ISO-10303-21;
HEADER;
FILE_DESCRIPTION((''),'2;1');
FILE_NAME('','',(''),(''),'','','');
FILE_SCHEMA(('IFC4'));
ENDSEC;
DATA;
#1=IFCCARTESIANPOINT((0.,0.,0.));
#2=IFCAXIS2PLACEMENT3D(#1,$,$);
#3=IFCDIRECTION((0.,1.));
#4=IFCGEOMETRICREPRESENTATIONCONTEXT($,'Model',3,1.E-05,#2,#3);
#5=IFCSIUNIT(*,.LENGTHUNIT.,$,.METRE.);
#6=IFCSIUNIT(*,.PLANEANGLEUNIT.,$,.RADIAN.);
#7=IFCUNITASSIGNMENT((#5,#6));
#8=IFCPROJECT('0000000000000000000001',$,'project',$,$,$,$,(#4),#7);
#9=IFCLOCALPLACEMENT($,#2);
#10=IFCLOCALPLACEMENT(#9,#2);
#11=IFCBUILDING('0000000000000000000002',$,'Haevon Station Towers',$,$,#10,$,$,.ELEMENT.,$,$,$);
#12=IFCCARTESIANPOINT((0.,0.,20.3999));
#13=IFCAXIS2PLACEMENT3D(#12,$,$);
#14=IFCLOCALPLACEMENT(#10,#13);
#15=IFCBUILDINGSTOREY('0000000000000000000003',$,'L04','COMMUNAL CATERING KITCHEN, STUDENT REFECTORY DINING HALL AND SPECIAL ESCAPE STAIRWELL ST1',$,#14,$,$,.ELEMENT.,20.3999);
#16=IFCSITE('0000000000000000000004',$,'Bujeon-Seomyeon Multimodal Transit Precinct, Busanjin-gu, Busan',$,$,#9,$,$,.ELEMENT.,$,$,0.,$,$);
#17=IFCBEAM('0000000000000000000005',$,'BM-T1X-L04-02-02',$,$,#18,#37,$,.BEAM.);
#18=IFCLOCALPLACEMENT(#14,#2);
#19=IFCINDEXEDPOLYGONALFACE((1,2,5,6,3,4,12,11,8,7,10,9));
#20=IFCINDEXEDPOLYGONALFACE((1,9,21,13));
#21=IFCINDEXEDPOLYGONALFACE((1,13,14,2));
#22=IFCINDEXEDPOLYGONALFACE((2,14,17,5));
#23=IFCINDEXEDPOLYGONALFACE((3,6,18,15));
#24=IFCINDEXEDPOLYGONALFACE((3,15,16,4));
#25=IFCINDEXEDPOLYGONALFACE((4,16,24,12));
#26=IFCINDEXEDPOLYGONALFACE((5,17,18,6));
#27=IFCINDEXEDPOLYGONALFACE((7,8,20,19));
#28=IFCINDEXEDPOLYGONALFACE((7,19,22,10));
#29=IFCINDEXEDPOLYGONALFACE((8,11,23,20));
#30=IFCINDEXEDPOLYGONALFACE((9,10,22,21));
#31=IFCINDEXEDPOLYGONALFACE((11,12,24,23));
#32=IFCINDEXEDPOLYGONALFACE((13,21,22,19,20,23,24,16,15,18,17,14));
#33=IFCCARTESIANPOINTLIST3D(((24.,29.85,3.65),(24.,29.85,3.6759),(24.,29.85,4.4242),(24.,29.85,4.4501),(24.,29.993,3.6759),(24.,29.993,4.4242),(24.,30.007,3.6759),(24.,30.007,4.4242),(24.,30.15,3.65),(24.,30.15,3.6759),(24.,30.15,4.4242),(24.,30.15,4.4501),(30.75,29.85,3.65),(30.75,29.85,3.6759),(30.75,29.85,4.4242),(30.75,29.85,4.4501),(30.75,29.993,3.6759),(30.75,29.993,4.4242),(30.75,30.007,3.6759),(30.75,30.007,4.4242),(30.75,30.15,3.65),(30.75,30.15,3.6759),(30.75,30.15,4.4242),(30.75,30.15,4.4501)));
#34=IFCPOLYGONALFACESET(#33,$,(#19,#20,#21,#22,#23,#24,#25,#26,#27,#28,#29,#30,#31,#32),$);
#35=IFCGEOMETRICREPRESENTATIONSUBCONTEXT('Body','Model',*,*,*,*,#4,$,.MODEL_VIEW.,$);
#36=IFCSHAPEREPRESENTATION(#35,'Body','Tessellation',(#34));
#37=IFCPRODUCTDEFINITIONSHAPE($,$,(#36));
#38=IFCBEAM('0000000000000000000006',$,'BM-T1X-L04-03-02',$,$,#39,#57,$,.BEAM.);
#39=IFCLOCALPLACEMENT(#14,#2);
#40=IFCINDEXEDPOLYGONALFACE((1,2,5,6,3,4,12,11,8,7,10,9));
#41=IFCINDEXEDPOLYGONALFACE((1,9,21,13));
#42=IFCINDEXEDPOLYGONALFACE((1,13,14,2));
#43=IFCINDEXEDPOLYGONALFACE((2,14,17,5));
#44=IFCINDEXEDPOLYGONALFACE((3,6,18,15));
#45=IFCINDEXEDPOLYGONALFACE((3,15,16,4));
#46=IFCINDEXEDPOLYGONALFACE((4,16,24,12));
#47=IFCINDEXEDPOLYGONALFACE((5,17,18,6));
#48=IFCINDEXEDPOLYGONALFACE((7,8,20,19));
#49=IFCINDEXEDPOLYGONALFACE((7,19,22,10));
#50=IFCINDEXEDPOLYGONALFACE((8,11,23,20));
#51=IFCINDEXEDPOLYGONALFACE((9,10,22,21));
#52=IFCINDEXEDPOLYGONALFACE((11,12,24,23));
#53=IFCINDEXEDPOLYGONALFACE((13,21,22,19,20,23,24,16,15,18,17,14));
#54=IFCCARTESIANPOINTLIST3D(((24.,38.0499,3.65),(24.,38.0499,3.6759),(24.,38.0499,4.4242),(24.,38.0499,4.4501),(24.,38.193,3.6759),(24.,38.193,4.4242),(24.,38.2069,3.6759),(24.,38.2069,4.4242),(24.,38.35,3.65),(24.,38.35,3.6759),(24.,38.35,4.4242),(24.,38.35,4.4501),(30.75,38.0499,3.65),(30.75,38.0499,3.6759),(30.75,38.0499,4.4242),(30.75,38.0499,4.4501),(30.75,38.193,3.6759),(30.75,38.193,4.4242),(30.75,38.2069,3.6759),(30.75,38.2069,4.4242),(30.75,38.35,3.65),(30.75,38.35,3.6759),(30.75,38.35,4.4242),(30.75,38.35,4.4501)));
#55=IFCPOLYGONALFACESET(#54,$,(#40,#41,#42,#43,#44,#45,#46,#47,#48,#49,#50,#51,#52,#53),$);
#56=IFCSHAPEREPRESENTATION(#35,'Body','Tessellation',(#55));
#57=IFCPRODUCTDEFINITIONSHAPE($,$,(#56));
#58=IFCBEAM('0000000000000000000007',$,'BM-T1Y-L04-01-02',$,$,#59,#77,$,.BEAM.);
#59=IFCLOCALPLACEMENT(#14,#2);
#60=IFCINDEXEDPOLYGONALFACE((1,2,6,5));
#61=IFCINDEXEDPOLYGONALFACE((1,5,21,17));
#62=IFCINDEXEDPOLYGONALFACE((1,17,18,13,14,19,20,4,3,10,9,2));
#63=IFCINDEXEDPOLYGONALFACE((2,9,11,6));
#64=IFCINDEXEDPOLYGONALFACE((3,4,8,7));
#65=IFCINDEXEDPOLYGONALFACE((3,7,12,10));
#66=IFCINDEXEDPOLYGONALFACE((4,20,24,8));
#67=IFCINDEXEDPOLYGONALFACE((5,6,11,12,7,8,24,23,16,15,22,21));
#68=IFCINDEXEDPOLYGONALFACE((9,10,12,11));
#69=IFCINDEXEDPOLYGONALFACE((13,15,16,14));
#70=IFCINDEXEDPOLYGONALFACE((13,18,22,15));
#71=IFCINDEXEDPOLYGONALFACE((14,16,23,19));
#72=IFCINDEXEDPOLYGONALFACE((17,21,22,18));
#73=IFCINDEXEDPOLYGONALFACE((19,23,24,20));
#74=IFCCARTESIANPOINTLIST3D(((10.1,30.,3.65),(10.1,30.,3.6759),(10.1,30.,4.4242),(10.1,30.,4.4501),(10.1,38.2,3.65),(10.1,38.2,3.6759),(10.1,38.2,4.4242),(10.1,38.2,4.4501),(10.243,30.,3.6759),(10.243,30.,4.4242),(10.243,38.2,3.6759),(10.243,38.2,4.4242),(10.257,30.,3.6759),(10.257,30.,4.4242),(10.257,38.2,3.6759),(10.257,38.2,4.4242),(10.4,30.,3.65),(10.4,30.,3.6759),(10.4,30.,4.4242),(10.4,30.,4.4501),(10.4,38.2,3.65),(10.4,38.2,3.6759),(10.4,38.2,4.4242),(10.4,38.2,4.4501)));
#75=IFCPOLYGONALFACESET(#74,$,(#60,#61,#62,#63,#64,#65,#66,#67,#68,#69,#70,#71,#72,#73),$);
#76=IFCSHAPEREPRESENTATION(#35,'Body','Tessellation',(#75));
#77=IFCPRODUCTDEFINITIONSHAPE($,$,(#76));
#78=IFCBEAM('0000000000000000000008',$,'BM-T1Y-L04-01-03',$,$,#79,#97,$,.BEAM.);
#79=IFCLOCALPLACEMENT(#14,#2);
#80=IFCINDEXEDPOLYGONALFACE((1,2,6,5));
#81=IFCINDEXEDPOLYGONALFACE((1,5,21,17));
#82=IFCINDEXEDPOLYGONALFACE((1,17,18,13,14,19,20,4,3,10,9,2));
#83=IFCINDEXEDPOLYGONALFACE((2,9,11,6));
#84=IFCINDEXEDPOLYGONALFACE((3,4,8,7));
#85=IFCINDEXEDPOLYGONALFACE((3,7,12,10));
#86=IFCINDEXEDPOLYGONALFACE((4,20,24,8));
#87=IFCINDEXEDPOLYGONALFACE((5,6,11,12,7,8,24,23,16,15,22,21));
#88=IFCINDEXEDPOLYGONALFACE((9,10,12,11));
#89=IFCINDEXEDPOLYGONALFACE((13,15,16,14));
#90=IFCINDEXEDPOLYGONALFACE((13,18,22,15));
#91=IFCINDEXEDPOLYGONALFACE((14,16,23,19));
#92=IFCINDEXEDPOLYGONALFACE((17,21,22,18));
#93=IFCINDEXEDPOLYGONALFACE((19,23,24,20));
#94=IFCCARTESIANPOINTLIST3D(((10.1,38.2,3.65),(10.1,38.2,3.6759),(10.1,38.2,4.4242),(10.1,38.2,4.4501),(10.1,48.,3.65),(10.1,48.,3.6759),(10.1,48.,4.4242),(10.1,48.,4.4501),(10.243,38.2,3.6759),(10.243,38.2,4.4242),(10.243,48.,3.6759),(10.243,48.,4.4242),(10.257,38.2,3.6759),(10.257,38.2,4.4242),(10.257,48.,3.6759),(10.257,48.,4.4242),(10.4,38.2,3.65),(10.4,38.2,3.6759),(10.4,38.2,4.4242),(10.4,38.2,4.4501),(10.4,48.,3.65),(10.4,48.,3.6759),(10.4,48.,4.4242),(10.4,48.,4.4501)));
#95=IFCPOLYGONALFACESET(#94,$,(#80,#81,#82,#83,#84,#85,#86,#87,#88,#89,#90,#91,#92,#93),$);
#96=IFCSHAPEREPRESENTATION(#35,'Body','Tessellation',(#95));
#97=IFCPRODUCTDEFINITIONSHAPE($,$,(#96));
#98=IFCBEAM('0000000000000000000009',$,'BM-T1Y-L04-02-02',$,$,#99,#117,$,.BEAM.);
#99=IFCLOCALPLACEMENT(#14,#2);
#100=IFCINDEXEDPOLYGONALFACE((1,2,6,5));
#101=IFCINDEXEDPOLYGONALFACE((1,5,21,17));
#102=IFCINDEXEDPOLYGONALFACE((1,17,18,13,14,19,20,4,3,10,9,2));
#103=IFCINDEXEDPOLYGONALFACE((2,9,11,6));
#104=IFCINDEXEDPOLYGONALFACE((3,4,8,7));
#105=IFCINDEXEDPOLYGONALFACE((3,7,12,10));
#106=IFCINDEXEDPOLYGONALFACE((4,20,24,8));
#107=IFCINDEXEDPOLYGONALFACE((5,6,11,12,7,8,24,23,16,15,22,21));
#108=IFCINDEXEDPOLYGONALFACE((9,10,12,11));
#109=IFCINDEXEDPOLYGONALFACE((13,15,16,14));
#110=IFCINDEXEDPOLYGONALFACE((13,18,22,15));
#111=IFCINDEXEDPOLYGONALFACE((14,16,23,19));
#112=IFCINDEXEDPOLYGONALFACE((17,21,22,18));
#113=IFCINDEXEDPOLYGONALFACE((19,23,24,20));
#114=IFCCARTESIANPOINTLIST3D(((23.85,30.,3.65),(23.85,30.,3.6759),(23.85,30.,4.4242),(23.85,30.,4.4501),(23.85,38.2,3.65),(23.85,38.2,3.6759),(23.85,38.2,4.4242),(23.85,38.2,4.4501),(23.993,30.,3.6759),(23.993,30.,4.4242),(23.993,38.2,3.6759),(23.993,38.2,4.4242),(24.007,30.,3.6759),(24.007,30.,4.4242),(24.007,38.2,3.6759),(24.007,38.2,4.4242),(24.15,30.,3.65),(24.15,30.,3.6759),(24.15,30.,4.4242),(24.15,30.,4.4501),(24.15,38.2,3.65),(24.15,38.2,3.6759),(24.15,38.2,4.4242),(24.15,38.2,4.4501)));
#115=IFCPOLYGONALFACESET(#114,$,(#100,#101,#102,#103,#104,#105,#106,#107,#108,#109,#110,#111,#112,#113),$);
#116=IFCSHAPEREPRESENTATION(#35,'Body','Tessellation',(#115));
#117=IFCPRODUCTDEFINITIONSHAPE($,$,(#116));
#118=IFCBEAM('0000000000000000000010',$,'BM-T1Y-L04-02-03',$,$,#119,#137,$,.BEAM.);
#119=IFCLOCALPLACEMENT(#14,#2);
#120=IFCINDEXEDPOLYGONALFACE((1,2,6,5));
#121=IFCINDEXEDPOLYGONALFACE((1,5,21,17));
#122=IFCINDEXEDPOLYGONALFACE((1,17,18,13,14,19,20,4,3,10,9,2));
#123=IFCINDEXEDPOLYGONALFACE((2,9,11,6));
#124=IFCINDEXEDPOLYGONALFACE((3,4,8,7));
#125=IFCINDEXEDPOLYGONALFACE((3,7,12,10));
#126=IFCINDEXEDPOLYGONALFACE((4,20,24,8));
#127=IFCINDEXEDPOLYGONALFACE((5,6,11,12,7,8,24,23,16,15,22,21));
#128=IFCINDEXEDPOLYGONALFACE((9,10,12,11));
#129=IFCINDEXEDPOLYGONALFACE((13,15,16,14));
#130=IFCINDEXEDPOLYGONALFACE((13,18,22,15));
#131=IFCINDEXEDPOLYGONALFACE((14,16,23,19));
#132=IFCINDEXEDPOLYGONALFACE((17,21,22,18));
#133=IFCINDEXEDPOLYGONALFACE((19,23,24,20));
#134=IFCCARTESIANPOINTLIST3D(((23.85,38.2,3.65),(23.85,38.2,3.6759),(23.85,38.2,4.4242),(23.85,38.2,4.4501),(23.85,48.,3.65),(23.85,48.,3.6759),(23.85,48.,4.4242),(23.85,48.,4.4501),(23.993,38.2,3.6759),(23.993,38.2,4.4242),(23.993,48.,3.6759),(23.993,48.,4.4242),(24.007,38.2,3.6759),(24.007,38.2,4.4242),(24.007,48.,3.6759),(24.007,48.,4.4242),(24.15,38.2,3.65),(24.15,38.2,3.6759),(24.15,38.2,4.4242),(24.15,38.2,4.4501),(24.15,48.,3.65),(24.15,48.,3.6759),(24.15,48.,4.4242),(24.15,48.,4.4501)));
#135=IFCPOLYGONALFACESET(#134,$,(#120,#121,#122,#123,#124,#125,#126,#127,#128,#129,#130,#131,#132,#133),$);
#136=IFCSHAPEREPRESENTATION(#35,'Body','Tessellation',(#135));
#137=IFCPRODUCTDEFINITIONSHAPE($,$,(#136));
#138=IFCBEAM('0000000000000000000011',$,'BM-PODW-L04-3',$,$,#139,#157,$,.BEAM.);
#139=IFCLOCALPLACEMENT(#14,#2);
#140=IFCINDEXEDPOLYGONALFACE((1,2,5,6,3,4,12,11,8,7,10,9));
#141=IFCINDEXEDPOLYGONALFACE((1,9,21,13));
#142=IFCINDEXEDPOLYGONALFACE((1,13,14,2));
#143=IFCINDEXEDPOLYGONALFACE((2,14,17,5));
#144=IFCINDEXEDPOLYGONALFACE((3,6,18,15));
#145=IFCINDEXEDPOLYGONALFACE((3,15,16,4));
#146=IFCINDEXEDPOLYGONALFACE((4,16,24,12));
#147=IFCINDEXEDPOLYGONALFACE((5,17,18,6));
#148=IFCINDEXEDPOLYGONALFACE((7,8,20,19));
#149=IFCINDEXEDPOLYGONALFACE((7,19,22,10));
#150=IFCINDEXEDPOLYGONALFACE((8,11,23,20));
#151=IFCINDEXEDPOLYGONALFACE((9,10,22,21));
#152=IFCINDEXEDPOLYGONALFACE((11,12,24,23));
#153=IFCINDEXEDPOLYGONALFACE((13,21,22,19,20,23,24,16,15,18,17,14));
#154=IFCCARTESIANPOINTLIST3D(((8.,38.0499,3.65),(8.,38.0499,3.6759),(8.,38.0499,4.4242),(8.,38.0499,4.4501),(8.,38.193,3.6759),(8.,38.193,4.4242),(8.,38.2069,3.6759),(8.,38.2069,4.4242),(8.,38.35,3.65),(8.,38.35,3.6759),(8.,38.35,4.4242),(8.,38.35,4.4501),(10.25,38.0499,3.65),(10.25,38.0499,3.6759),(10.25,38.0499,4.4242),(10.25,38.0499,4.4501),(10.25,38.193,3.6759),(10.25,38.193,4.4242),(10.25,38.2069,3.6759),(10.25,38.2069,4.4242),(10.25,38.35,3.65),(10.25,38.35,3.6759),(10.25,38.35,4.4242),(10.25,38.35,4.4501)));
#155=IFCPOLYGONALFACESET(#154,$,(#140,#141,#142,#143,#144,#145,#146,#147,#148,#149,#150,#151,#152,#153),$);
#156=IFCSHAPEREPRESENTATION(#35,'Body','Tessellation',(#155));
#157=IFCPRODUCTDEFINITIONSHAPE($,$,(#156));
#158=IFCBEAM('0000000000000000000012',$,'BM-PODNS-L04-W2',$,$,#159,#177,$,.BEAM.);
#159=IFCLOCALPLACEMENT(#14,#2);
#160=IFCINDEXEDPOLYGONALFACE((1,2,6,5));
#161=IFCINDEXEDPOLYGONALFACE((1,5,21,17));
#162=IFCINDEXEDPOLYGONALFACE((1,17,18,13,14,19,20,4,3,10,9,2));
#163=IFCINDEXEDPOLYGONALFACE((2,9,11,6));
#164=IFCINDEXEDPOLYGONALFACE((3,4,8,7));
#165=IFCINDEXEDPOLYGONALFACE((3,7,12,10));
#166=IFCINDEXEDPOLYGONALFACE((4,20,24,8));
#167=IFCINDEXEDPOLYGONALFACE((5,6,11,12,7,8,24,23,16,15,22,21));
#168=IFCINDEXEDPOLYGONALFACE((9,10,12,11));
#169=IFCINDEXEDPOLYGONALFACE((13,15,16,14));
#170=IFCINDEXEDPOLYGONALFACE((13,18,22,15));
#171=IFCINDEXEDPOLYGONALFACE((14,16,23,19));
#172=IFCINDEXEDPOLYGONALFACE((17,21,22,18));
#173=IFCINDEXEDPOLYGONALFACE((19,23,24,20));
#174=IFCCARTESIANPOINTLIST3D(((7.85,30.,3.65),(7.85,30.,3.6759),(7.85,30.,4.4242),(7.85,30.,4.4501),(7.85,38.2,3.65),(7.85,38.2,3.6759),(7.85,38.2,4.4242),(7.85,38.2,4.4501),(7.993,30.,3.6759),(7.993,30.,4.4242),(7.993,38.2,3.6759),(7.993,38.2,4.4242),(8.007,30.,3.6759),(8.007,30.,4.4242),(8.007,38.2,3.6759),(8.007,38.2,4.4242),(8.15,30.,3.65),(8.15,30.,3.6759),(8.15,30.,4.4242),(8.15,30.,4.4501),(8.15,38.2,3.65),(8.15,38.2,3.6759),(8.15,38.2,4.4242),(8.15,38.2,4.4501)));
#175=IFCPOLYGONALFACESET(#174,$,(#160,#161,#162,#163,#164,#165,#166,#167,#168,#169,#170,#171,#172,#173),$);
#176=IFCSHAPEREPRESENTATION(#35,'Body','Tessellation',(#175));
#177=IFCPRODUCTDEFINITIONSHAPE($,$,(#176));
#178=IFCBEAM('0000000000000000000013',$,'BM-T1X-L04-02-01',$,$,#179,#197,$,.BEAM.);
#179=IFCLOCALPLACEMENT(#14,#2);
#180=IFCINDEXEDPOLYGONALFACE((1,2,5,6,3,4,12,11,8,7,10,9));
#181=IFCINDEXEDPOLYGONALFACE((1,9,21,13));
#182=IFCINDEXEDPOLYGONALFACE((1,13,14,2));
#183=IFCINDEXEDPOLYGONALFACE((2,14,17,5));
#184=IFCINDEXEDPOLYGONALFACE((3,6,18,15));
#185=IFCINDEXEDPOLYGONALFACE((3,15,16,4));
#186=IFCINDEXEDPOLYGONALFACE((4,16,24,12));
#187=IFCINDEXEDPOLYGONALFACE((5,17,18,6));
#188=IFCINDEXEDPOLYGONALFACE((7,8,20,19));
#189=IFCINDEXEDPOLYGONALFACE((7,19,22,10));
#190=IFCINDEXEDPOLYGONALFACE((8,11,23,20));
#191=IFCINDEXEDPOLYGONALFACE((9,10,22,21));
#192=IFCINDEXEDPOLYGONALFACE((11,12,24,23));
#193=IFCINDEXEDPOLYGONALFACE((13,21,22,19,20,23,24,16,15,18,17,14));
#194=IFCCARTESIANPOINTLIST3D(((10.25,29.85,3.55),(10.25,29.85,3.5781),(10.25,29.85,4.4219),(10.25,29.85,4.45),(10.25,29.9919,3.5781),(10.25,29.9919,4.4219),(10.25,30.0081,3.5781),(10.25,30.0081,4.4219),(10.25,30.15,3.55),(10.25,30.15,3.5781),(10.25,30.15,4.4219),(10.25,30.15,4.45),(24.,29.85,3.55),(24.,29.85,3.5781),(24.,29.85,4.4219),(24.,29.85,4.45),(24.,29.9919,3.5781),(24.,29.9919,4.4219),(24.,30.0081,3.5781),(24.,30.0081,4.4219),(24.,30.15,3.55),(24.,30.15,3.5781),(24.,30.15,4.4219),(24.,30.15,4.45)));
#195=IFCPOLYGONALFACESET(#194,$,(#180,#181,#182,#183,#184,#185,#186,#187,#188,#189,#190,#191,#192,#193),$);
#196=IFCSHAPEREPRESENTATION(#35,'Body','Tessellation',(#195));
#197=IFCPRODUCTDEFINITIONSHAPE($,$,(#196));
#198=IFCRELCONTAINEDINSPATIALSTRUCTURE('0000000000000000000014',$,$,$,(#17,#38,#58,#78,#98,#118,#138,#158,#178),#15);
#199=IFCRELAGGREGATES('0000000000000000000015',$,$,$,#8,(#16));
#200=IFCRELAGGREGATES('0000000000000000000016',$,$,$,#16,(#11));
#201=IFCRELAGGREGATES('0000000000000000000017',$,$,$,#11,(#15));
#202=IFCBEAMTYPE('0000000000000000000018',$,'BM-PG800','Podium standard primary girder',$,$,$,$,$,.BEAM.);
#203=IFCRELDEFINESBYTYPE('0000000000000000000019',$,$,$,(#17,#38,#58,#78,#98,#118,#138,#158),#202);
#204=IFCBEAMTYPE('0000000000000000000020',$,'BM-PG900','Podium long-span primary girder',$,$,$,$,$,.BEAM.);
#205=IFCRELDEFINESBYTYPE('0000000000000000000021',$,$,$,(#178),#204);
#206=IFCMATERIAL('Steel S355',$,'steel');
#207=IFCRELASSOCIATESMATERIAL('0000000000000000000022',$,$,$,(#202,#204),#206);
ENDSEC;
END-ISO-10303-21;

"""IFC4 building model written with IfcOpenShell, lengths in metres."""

from ifc_helpers import new_model, si_unit, direction, frame, origin, origin_2d, place, context, subcontext, project, spatial, i_section, extrude, material, material_profile, profile_set, type_object, element, save


model = new_model("IFC4")

# Units and contexts
model_context = context("Model", 3, precision=1e-05, world=origin(), true_north=direction((0.0, 1.0)))
body_context = subcontext(model_context, "Body", "Model", "MODEL_VIEW")
ifc_project = project(units=[si_unit("LENGTHUNIT", "METRE"), si_unit("PLANEANGLEUNIT", "RADIAN")], contexts=[model_context])

# Site, building, storey
site_placement = place(None, origin())
site = spatial("IfcSite", under=ifc_project, at=site_placement, Name="Bujeon-Seomyeon Multimodal Transit Precinct, Busanjin-gu, Busan", CompositionType="ELEMENT", RefElevation=0.0)
building_placement = place(site_placement, origin())
building = spatial("IfcBuilding", under=site, at=building_placement, Name="Haevon Station Towers", CompositionType="ELEMENT")
storey_placement = place(building_placement, frame((0.0, 0.0, 20.3999)))
storey = spatial("IfcBuildingStorey", under=building, at=storey_placement, Name="L04", Description="COMMUNAL CATERING KITCHEN, STUDENT REFECTORY DINING HALL AND SPECIAL ESCAPE STAIRWELL ST1", CompositionType="ELEMENT", Elevation=20.3999)

# Beams
ifc_material_1 = material(Name="Steel S355", Category="steel")
ifc_material_profile_1 = material_profile(ifc_material_1, i_section(OverallWidth=0.3, OverallDepth=0.8, WebThickness=0.0139, FlangeThickness=0.0259, at=origin_2d()), Name="H-800x300x14x26")
ifc_profile_set_1 = profile_set([ifc_material_profile_1], Name="Steel S355")
beam_type_1 = type_object("IfcBeamType", Name="BM-PG800", Description="Podium standard primary girder", PredefinedType="BEAM", material=ifc_profile_set_1)
for number, where, z_axis, x_axis, name in (
    (1, (24.0, 30.0, 4.05), (1.0, 0.0, 0.0), (0.0, 1.0, 0.0), "BM-T1X-L04-02-02"),
    (2, (24.0, 38.2, 4.05), (1.0, 0.0, 0.0), (0.0, 1.0, 0.0), "BM-T1X-L04-03-02"),
):
    element("IfcBeam", number, at=place(storey_placement, frame(where, z_axis=z_axis, x_axis=x_axis)), inside=storey, type_object=beam_type_1, Name=name, PredefinedType="BEAM", context=body_context, shape_type="SweptSolid", body=[
        extrude(i_section(OverallWidth=0.3, OverallDepth=0.8, WebThickness=0.0139, FlangeThickness=0.0259, at=origin_2d()), origin(), (0.0, 0.0, 1.0), 6.75),
    ])
beam_1_placement = place(storey_placement, frame((10.25, 30.0, 4.05), z_axis=(0.0, 1.0, 0.0), x_axis=(-1.0, 0.0, 0.0)))
element("IfcBeam", 3, at=beam_1_placement, inside=storey, type_object=beam_type_1, Name="BM-T1Y-L04-01-02", PredefinedType="BEAM", context=body_context, shape_type="SweptSolid", body=[
    extrude(i_section(OverallWidth=0.3, OverallDepth=0.8, WebThickness=0.0139, FlangeThickness=0.0259, at=origin_2d()), origin(), (0.0, 0.0, 1.0), 8.2),
])
beam_2_placement = place(storey_placement, frame((10.25, 38.2, 4.05), z_axis=(0.0, 1.0, 0.0), x_axis=(-1.0, 0.0, 0.0)))
element("IfcBeam", 4, at=beam_2_placement, inside=storey, type_object=beam_type_1, Name="BM-T1Y-L04-01-03", PredefinedType="BEAM", context=body_context, shape_type="SweptSolid", body=[
    extrude(i_section(OverallWidth=0.3, OverallDepth=0.8, WebThickness=0.0139, FlangeThickness=0.0259, at=origin_2d()), origin(), (0.0, 0.0, 1.0), 9.8),
])
beam_3_placement = place(storey_placement, frame((24.0, 30.0, 4.05), z_axis=(0.0, 1.0, 0.0), x_axis=(-1.0, 0.0, 0.0)))
element("IfcBeam", 5, at=beam_3_placement, inside=storey, type_object=beam_type_1, Name="BM-T1Y-L04-02-02", PredefinedType="BEAM", context=body_context, shape_type="SweptSolid", body=[
    extrude(i_section(OverallWidth=0.3, OverallDepth=0.8, WebThickness=0.0139, FlangeThickness=0.0259, at=origin_2d()), origin(), (0.0, 0.0, 1.0), 8.2),
])
beam_4_placement = place(storey_placement, frame((24.0, 38.2, 4.05), z_axis=(0.0, 1.0, 0.0), x_axis=(-1.0, 0.0, 0.0)))
element("IfcBeam", 6, at=beam_4_placement, inside=storey, type_object=beam_type_1, Name="BM-T1Y-L04-02-03", PredefinedType="BEAM", context=body_context, shape_type="SweptSolid", body=[
    extrude(i_section(OverallWidth=0.3, OverallDepth=0.8, WebThickness=0.0139, FlangeThickness=0.0259, at=origin_2d()), origin(), (0.0, 0.0, 1.0), 9.8),
])
beam_5_placement = place(storey_placement, frame((8.0, 38.2, 4.05), z_axis=(1.0, 0.0, 0.0), x_axis=(0.0, 1.0, 0.0)))
element("IfcBeam", 7, at=beam_5_placement, inside=storey, type_object=beam_type_1, Name="BM-PODW-L04-3", PredefinedType="BEAM", context=body_context, shape_type="SweptSolid", body=[
    extrude(i_section(OverallWidth=0.3, OverallDepth=0.8, WebThickness=0.0139, FlangeThickness=0.0259, at=origin_2d()), origin(), (0.0, 0.0, 1.0), 2.25),
])
beam_6_placement = place(storey_placement, frame((8.0, 30.0, 4.05), z_axis=(0.0, 1.0, 0.0), x_axis=(-1.0, 0.0, 0.0)))
element("IfcBeam", 8, at=beam_6_placement, inside=storey, type_object=beam_type_1, Name="BM-PODNS-L04-W2", PredefinedType="BEAM", context=body_context, shape_type="SweptSolid", body=[
    extrude(i_section(OverallWidth=0.3, OverallDepth=0.8, WebThickness=0.0139, FlangeThickness=0.0259, at=origin_2d()), origin(), (0.0, 0.0, 1.0), 8.2),
])
ifc_material_profile_2 = material_profile(ifc_material_1, i_section(OverallWidth=0.3, OverallDepth=0.8999, WebThickness=0.0161, FlangeThickness=0.0281, at=origin_2d()), Name="H-900x300x16x28")
ifc_profile_set_2 = profile_set([ifc_material_profile_2], Name="Steel S355")
beam_type_2 = type_object("IfcBeamType", Name="BM-PG900", Description="Podium long-span primary girder", PredefinedType="BEAM", material=ifc_profile_set_2)
for number, where, z_axis, x_axis, name in (
    (9, (10.25, 30.0, 4.0), (1.0, 0.0, 0.0), (0.0, 1.0, 0.0), "BM-T1X-L04-02-01"),
):
    element("IfcBeam", number, at=place(storey_placement, frame(where, z_axis=z_axis, x_axis=x_axis)), inside=storey, type_object=beam_type_2, Name=name, PredefinedType="BEAM", context=body_context, shape_type="SweptSolid", body=[
        extrude(i_section(OverallWidth=0.3, OverallDepth=0.8999, WebThickness=0.0161, FlangeThickness=0.0281, at=origin_2d()), origin(), (0.0, 0.0, 1.0), 13.75),
    ])

save(model, "model.ifc")
